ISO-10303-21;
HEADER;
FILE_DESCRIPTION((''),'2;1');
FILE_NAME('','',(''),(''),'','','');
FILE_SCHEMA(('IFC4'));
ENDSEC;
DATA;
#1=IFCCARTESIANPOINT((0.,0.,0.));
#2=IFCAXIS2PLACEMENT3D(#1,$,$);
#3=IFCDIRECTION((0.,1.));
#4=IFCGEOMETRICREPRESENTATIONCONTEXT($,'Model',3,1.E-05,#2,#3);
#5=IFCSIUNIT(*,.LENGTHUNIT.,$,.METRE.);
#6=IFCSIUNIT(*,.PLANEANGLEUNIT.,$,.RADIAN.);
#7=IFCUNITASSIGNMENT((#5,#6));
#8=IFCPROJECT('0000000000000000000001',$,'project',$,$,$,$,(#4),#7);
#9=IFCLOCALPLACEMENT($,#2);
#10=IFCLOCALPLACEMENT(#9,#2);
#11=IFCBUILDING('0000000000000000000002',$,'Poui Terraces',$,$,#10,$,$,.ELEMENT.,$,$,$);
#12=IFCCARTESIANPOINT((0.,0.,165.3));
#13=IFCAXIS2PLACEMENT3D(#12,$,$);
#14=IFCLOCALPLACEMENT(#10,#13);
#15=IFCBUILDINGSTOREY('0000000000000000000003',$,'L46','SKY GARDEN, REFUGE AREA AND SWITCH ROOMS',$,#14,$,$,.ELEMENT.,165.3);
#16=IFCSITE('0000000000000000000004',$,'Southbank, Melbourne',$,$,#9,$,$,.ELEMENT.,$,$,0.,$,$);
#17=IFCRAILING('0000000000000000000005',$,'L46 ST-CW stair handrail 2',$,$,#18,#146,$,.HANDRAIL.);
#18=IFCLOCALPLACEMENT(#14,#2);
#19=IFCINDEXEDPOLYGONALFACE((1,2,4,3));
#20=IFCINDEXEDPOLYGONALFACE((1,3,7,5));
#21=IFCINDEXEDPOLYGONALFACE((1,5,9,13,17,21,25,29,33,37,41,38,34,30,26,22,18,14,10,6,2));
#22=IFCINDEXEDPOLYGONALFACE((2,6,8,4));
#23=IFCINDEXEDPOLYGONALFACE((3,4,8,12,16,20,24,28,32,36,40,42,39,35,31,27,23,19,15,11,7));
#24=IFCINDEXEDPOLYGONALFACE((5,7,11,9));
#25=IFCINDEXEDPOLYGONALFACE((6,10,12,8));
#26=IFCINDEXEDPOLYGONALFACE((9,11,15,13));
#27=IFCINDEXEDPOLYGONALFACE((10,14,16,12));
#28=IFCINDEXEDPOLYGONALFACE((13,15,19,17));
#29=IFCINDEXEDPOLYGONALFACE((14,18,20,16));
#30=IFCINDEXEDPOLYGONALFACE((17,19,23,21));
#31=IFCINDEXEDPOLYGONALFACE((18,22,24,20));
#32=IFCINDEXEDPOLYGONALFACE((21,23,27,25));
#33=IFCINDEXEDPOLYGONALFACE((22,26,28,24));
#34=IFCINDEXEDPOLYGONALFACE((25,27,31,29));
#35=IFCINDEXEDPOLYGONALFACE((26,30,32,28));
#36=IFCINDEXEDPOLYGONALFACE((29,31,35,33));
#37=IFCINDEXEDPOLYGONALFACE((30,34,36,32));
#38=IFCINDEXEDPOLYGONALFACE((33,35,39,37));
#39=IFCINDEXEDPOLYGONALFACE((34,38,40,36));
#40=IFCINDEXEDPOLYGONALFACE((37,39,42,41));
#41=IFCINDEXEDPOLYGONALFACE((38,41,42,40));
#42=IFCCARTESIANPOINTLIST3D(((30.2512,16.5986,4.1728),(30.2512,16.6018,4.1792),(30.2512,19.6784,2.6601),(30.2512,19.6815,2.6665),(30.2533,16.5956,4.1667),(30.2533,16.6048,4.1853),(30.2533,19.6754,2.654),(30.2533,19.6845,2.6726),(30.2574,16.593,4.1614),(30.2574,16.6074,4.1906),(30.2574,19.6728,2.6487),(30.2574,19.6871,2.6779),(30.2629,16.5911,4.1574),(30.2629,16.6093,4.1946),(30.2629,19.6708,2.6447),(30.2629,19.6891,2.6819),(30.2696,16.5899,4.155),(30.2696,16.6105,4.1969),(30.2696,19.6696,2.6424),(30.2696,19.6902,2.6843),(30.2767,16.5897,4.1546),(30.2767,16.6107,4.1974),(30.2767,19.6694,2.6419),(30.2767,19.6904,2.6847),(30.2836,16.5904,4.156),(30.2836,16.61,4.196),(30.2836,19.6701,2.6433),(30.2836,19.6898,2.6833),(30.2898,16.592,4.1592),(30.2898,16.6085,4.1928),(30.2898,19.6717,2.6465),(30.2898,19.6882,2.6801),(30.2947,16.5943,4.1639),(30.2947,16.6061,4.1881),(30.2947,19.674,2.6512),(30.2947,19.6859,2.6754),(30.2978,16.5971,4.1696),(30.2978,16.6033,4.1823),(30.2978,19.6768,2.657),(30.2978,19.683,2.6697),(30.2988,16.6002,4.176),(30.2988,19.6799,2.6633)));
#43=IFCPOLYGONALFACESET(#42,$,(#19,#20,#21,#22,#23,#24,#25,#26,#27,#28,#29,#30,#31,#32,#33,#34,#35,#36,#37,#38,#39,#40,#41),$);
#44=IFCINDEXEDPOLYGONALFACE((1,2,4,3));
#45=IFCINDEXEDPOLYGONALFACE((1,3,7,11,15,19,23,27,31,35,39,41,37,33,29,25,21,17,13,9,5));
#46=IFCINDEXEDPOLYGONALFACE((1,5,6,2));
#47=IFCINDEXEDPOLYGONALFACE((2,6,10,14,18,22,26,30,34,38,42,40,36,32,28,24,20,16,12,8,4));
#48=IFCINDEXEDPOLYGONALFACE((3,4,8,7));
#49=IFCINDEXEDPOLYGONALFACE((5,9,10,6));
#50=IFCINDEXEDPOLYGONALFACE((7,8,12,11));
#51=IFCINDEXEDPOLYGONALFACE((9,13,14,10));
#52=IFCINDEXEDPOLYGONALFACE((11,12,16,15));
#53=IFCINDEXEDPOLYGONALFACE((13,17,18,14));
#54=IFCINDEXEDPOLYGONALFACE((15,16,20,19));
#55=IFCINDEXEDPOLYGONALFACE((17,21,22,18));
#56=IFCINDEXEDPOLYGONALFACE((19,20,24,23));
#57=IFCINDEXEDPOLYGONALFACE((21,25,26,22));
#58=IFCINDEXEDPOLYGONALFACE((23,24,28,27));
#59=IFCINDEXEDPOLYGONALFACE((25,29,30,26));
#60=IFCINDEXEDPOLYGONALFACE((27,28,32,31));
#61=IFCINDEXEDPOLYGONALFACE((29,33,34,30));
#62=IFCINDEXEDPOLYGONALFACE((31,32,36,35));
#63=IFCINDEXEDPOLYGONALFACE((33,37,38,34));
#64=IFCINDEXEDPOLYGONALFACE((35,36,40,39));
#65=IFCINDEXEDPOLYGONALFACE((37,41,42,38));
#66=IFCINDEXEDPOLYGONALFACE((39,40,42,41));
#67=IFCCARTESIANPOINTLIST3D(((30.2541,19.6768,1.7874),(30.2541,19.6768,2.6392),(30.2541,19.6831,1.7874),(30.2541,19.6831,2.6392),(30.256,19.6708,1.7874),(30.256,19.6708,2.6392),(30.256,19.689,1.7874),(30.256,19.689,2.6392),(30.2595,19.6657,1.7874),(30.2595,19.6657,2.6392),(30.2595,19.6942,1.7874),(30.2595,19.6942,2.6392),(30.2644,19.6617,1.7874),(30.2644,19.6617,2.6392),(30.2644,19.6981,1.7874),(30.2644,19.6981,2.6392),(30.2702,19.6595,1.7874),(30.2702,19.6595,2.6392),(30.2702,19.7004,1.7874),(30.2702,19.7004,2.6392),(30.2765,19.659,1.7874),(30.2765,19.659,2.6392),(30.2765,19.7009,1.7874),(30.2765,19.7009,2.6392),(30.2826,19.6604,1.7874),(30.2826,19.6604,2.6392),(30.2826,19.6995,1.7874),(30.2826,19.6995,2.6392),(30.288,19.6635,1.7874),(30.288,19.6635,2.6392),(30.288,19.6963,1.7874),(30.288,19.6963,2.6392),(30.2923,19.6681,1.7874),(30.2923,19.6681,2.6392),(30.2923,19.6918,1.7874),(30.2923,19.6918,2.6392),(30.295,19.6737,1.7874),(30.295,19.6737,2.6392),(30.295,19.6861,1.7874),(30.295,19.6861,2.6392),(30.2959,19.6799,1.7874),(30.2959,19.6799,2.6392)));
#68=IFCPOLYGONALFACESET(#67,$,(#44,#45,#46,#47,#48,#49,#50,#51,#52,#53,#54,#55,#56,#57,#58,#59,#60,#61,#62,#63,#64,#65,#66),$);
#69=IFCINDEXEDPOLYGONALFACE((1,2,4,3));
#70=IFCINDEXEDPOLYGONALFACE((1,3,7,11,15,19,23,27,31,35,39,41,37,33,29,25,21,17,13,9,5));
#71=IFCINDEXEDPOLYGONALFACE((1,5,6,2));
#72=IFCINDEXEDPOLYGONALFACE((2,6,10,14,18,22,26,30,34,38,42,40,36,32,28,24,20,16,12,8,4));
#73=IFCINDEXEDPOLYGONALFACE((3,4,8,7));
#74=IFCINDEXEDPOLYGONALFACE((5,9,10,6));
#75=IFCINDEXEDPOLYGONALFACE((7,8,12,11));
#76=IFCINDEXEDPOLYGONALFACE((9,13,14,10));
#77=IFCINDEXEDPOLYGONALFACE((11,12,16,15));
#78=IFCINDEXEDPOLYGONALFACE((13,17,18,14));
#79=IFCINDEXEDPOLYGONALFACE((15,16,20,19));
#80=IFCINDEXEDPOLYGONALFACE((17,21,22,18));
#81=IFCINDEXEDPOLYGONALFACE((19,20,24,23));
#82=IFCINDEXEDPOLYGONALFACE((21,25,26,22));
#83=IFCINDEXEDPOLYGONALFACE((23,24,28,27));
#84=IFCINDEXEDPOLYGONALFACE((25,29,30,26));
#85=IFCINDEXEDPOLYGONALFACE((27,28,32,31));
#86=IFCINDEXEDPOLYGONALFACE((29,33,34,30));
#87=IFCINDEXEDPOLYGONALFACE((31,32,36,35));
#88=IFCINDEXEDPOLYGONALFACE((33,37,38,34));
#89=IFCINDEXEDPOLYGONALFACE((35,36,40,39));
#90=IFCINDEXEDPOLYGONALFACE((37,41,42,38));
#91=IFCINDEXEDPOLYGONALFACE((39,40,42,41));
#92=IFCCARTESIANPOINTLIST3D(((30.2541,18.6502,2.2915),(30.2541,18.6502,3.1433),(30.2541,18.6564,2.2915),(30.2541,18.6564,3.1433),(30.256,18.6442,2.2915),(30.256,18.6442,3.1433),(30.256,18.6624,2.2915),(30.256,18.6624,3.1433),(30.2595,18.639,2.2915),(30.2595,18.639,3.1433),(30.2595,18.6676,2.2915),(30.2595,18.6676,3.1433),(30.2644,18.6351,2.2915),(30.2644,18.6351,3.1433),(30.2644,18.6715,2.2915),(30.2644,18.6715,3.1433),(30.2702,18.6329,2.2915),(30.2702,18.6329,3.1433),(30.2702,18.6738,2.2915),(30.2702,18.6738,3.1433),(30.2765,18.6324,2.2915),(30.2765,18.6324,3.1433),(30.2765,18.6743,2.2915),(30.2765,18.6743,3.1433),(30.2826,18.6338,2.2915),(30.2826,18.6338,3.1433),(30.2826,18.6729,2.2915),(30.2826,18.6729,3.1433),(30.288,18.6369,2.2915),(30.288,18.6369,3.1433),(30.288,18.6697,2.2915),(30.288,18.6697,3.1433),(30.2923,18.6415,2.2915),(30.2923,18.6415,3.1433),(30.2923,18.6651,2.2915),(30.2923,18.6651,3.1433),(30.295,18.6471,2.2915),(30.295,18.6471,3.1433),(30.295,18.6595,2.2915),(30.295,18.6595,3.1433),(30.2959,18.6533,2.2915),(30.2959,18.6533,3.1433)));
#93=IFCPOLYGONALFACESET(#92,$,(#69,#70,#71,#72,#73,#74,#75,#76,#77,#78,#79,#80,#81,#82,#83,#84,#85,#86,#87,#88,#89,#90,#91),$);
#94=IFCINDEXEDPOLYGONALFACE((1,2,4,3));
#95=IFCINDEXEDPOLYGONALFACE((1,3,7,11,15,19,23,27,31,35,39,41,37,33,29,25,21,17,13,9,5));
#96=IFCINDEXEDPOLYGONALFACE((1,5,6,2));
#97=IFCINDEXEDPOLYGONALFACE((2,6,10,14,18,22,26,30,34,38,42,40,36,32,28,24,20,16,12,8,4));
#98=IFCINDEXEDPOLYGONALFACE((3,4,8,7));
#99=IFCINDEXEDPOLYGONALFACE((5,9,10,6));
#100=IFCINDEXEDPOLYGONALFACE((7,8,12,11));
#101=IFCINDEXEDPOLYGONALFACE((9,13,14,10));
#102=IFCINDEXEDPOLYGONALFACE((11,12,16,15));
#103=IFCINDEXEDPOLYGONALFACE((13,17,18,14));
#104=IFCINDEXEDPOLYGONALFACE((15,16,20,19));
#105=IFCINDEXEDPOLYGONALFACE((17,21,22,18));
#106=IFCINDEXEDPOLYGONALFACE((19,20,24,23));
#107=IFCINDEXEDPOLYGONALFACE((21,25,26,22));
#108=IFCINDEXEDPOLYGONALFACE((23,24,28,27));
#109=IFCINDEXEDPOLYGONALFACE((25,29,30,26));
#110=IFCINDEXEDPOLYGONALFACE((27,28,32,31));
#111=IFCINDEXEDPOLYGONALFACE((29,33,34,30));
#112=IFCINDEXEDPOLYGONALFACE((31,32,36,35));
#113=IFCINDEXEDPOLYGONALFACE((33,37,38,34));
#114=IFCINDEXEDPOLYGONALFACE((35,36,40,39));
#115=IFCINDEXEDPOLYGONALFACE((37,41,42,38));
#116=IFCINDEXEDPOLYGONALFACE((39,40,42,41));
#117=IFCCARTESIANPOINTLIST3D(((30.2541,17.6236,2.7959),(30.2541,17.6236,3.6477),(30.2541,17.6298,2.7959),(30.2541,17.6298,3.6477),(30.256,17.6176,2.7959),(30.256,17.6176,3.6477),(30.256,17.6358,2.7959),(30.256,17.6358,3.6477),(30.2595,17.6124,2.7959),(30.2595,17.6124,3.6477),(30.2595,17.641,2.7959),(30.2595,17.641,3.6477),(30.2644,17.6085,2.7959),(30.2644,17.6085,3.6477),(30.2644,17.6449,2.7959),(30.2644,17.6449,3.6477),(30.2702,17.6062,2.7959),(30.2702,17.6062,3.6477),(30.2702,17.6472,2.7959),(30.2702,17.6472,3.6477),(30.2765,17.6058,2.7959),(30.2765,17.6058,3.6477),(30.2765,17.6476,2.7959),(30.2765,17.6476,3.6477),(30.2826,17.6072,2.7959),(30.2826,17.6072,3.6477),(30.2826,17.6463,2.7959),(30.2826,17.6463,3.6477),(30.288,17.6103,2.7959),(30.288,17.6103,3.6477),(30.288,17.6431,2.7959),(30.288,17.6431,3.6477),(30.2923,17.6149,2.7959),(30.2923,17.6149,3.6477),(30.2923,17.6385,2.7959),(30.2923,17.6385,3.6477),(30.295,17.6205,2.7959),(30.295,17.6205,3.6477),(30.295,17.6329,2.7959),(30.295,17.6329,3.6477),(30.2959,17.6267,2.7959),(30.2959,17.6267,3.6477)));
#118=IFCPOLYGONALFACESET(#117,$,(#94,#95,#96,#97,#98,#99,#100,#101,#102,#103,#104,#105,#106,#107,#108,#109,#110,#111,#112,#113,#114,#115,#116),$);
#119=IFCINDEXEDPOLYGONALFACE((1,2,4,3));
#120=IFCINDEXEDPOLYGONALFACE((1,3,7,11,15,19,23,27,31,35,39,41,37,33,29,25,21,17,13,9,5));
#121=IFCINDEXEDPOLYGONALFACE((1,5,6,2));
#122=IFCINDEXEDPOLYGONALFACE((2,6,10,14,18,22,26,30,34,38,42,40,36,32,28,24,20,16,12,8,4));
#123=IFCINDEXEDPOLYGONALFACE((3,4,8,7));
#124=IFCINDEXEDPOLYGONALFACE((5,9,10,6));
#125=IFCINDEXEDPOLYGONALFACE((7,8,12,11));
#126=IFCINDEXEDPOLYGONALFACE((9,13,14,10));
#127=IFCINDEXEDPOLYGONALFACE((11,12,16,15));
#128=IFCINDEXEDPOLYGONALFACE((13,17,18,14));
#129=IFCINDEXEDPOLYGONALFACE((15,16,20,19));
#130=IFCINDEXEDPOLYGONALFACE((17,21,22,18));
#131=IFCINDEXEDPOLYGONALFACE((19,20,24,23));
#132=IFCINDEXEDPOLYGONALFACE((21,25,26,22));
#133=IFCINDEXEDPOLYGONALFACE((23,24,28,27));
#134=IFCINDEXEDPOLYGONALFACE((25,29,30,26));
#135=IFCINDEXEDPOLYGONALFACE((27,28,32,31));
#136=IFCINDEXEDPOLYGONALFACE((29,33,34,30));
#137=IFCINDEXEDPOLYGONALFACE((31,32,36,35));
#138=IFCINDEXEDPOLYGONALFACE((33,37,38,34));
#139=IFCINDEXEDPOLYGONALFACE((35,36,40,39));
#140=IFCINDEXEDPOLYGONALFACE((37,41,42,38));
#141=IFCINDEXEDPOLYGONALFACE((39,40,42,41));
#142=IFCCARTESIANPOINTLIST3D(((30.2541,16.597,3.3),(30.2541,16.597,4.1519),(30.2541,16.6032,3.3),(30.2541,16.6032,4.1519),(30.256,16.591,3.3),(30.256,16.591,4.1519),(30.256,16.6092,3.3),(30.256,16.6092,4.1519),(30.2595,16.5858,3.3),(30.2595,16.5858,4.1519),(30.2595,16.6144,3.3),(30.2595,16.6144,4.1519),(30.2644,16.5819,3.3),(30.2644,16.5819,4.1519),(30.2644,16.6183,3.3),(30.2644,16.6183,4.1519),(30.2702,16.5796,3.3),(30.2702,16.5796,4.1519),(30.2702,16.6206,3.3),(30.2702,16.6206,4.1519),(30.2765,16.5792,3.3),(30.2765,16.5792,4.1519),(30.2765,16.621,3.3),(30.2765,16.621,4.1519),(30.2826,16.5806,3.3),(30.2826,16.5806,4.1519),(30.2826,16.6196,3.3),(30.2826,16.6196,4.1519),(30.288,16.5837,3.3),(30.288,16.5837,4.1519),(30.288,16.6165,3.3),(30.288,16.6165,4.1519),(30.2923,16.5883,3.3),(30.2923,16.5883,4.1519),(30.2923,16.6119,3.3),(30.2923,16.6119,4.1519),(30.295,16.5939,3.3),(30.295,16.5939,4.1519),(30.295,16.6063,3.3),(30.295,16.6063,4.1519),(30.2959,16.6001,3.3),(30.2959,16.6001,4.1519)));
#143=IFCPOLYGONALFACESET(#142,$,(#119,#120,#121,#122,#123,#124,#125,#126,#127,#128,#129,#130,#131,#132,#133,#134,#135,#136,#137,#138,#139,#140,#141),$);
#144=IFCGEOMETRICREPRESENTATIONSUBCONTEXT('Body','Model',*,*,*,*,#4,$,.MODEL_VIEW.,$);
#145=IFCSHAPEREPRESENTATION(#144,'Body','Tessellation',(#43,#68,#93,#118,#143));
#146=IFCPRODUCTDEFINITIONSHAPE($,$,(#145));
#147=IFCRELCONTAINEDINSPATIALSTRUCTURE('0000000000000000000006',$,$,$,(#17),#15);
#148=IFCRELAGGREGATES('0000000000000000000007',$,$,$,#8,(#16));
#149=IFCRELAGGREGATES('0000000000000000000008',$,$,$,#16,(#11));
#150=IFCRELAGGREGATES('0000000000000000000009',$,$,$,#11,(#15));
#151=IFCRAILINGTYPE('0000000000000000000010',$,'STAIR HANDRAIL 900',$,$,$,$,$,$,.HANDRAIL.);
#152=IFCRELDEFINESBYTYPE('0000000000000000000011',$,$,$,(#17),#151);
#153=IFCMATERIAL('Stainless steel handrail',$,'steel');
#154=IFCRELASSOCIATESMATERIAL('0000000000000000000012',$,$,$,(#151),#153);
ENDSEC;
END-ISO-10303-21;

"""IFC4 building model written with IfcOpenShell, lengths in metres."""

from ifc_helpers import new_model, si_unit, direction, frame, origin, origin_2d, place, context, subcontext, project, spatial, circle, extrude, material, type_object, element, save


model = new_model("IFC4")

# Units and contexts
model_context = context("Model", 3, precision=1e-05, world=origin(), true_north=direction((0.0, 1.0)))
body_context = subcontext(model_context, "Body", "Model", "MODEL_VIEW")
ifc_project = project(units=[si_unit("LENGTHUNIT", "METRE"), si_unit("PLANEANGLEUNIT", "RADIAN")], contexts=[model_context])

# Site, building, storey
site_placement = place(None, origin())
site = spatial("IfcSite", under=ifc_project, at=site_placement, Name="Southbank, Melbourne", CompositionType="ELEMENT", RefElevation=0.0)
building_placement = place(site_placement, origin())
building = spatial("IfcBuilding", under=site, at=building_placement, Name="Poui Terraces", CompositionType="ELEMENT")
storey_placement = place(building_placement, frame((0.0, 0.0, 165.3)))
storey = spatial("IfcBuildingStorey", under=building, at=storey_placement, Name="L46", Description="SKY GARDEN, REFUGE AREA AND SWITCH ROOMS", CompositionType="ELEMENT", Elevation=165.3)

# Railing
ifc_material_1 = material(Name="Stainless steel handrail", Category="steel")
railing_type_1 = type_object("IfcRailingType", Name="STAIR HANDRAIL 900", PredefinedType="HANDRAIL", material=ifc_material_1)
railing_1_placement = place(storey_placement, frame((30.2749, 19.6799, 1.7874)))
element("IfcRailing", 1, at=railing_1_placement, inside=storey, type_object=railing_type_1, Name="L46 ST-CW stair handrail 2", PredefinedType="HANDRAIL", context=body_context, shape_type="SweptSolid", body=[
    extrude(circle(Radius=0.0239, at=origin_2d()), frame((0.0, 0.0, 0.876), z_axis=(0.0, -0.897578, 0.440856), x_axis=(1.0, 0.0, 0.0)), (0.0, 0.0, 1.0), 3.4312),
    extrude(circle(Radius=0.021, at=origin_2d()), origin(), (0.0, 0.0, 1.0), 0.8518),
    extrude(circle(Radius=0.021, at=origin_2d()), frame((0.0, -1.0266, 0.5042)), (0.0, 0.0, 1.0), 0.8518),
    extrude(circle(Radius=0.021, at=origin_2d()), frame((0.0, -2.0532, 1.0085)), (0.0, 0.0, 1.0), 0.8518),
    extrude(circle(Radius=0.021, at=origin_2d()), frame((0.0, -3.0798, 1.5127)), (0.0, 0.0, 1.0), 0.8518),
])

save(model, "model.ifc")
